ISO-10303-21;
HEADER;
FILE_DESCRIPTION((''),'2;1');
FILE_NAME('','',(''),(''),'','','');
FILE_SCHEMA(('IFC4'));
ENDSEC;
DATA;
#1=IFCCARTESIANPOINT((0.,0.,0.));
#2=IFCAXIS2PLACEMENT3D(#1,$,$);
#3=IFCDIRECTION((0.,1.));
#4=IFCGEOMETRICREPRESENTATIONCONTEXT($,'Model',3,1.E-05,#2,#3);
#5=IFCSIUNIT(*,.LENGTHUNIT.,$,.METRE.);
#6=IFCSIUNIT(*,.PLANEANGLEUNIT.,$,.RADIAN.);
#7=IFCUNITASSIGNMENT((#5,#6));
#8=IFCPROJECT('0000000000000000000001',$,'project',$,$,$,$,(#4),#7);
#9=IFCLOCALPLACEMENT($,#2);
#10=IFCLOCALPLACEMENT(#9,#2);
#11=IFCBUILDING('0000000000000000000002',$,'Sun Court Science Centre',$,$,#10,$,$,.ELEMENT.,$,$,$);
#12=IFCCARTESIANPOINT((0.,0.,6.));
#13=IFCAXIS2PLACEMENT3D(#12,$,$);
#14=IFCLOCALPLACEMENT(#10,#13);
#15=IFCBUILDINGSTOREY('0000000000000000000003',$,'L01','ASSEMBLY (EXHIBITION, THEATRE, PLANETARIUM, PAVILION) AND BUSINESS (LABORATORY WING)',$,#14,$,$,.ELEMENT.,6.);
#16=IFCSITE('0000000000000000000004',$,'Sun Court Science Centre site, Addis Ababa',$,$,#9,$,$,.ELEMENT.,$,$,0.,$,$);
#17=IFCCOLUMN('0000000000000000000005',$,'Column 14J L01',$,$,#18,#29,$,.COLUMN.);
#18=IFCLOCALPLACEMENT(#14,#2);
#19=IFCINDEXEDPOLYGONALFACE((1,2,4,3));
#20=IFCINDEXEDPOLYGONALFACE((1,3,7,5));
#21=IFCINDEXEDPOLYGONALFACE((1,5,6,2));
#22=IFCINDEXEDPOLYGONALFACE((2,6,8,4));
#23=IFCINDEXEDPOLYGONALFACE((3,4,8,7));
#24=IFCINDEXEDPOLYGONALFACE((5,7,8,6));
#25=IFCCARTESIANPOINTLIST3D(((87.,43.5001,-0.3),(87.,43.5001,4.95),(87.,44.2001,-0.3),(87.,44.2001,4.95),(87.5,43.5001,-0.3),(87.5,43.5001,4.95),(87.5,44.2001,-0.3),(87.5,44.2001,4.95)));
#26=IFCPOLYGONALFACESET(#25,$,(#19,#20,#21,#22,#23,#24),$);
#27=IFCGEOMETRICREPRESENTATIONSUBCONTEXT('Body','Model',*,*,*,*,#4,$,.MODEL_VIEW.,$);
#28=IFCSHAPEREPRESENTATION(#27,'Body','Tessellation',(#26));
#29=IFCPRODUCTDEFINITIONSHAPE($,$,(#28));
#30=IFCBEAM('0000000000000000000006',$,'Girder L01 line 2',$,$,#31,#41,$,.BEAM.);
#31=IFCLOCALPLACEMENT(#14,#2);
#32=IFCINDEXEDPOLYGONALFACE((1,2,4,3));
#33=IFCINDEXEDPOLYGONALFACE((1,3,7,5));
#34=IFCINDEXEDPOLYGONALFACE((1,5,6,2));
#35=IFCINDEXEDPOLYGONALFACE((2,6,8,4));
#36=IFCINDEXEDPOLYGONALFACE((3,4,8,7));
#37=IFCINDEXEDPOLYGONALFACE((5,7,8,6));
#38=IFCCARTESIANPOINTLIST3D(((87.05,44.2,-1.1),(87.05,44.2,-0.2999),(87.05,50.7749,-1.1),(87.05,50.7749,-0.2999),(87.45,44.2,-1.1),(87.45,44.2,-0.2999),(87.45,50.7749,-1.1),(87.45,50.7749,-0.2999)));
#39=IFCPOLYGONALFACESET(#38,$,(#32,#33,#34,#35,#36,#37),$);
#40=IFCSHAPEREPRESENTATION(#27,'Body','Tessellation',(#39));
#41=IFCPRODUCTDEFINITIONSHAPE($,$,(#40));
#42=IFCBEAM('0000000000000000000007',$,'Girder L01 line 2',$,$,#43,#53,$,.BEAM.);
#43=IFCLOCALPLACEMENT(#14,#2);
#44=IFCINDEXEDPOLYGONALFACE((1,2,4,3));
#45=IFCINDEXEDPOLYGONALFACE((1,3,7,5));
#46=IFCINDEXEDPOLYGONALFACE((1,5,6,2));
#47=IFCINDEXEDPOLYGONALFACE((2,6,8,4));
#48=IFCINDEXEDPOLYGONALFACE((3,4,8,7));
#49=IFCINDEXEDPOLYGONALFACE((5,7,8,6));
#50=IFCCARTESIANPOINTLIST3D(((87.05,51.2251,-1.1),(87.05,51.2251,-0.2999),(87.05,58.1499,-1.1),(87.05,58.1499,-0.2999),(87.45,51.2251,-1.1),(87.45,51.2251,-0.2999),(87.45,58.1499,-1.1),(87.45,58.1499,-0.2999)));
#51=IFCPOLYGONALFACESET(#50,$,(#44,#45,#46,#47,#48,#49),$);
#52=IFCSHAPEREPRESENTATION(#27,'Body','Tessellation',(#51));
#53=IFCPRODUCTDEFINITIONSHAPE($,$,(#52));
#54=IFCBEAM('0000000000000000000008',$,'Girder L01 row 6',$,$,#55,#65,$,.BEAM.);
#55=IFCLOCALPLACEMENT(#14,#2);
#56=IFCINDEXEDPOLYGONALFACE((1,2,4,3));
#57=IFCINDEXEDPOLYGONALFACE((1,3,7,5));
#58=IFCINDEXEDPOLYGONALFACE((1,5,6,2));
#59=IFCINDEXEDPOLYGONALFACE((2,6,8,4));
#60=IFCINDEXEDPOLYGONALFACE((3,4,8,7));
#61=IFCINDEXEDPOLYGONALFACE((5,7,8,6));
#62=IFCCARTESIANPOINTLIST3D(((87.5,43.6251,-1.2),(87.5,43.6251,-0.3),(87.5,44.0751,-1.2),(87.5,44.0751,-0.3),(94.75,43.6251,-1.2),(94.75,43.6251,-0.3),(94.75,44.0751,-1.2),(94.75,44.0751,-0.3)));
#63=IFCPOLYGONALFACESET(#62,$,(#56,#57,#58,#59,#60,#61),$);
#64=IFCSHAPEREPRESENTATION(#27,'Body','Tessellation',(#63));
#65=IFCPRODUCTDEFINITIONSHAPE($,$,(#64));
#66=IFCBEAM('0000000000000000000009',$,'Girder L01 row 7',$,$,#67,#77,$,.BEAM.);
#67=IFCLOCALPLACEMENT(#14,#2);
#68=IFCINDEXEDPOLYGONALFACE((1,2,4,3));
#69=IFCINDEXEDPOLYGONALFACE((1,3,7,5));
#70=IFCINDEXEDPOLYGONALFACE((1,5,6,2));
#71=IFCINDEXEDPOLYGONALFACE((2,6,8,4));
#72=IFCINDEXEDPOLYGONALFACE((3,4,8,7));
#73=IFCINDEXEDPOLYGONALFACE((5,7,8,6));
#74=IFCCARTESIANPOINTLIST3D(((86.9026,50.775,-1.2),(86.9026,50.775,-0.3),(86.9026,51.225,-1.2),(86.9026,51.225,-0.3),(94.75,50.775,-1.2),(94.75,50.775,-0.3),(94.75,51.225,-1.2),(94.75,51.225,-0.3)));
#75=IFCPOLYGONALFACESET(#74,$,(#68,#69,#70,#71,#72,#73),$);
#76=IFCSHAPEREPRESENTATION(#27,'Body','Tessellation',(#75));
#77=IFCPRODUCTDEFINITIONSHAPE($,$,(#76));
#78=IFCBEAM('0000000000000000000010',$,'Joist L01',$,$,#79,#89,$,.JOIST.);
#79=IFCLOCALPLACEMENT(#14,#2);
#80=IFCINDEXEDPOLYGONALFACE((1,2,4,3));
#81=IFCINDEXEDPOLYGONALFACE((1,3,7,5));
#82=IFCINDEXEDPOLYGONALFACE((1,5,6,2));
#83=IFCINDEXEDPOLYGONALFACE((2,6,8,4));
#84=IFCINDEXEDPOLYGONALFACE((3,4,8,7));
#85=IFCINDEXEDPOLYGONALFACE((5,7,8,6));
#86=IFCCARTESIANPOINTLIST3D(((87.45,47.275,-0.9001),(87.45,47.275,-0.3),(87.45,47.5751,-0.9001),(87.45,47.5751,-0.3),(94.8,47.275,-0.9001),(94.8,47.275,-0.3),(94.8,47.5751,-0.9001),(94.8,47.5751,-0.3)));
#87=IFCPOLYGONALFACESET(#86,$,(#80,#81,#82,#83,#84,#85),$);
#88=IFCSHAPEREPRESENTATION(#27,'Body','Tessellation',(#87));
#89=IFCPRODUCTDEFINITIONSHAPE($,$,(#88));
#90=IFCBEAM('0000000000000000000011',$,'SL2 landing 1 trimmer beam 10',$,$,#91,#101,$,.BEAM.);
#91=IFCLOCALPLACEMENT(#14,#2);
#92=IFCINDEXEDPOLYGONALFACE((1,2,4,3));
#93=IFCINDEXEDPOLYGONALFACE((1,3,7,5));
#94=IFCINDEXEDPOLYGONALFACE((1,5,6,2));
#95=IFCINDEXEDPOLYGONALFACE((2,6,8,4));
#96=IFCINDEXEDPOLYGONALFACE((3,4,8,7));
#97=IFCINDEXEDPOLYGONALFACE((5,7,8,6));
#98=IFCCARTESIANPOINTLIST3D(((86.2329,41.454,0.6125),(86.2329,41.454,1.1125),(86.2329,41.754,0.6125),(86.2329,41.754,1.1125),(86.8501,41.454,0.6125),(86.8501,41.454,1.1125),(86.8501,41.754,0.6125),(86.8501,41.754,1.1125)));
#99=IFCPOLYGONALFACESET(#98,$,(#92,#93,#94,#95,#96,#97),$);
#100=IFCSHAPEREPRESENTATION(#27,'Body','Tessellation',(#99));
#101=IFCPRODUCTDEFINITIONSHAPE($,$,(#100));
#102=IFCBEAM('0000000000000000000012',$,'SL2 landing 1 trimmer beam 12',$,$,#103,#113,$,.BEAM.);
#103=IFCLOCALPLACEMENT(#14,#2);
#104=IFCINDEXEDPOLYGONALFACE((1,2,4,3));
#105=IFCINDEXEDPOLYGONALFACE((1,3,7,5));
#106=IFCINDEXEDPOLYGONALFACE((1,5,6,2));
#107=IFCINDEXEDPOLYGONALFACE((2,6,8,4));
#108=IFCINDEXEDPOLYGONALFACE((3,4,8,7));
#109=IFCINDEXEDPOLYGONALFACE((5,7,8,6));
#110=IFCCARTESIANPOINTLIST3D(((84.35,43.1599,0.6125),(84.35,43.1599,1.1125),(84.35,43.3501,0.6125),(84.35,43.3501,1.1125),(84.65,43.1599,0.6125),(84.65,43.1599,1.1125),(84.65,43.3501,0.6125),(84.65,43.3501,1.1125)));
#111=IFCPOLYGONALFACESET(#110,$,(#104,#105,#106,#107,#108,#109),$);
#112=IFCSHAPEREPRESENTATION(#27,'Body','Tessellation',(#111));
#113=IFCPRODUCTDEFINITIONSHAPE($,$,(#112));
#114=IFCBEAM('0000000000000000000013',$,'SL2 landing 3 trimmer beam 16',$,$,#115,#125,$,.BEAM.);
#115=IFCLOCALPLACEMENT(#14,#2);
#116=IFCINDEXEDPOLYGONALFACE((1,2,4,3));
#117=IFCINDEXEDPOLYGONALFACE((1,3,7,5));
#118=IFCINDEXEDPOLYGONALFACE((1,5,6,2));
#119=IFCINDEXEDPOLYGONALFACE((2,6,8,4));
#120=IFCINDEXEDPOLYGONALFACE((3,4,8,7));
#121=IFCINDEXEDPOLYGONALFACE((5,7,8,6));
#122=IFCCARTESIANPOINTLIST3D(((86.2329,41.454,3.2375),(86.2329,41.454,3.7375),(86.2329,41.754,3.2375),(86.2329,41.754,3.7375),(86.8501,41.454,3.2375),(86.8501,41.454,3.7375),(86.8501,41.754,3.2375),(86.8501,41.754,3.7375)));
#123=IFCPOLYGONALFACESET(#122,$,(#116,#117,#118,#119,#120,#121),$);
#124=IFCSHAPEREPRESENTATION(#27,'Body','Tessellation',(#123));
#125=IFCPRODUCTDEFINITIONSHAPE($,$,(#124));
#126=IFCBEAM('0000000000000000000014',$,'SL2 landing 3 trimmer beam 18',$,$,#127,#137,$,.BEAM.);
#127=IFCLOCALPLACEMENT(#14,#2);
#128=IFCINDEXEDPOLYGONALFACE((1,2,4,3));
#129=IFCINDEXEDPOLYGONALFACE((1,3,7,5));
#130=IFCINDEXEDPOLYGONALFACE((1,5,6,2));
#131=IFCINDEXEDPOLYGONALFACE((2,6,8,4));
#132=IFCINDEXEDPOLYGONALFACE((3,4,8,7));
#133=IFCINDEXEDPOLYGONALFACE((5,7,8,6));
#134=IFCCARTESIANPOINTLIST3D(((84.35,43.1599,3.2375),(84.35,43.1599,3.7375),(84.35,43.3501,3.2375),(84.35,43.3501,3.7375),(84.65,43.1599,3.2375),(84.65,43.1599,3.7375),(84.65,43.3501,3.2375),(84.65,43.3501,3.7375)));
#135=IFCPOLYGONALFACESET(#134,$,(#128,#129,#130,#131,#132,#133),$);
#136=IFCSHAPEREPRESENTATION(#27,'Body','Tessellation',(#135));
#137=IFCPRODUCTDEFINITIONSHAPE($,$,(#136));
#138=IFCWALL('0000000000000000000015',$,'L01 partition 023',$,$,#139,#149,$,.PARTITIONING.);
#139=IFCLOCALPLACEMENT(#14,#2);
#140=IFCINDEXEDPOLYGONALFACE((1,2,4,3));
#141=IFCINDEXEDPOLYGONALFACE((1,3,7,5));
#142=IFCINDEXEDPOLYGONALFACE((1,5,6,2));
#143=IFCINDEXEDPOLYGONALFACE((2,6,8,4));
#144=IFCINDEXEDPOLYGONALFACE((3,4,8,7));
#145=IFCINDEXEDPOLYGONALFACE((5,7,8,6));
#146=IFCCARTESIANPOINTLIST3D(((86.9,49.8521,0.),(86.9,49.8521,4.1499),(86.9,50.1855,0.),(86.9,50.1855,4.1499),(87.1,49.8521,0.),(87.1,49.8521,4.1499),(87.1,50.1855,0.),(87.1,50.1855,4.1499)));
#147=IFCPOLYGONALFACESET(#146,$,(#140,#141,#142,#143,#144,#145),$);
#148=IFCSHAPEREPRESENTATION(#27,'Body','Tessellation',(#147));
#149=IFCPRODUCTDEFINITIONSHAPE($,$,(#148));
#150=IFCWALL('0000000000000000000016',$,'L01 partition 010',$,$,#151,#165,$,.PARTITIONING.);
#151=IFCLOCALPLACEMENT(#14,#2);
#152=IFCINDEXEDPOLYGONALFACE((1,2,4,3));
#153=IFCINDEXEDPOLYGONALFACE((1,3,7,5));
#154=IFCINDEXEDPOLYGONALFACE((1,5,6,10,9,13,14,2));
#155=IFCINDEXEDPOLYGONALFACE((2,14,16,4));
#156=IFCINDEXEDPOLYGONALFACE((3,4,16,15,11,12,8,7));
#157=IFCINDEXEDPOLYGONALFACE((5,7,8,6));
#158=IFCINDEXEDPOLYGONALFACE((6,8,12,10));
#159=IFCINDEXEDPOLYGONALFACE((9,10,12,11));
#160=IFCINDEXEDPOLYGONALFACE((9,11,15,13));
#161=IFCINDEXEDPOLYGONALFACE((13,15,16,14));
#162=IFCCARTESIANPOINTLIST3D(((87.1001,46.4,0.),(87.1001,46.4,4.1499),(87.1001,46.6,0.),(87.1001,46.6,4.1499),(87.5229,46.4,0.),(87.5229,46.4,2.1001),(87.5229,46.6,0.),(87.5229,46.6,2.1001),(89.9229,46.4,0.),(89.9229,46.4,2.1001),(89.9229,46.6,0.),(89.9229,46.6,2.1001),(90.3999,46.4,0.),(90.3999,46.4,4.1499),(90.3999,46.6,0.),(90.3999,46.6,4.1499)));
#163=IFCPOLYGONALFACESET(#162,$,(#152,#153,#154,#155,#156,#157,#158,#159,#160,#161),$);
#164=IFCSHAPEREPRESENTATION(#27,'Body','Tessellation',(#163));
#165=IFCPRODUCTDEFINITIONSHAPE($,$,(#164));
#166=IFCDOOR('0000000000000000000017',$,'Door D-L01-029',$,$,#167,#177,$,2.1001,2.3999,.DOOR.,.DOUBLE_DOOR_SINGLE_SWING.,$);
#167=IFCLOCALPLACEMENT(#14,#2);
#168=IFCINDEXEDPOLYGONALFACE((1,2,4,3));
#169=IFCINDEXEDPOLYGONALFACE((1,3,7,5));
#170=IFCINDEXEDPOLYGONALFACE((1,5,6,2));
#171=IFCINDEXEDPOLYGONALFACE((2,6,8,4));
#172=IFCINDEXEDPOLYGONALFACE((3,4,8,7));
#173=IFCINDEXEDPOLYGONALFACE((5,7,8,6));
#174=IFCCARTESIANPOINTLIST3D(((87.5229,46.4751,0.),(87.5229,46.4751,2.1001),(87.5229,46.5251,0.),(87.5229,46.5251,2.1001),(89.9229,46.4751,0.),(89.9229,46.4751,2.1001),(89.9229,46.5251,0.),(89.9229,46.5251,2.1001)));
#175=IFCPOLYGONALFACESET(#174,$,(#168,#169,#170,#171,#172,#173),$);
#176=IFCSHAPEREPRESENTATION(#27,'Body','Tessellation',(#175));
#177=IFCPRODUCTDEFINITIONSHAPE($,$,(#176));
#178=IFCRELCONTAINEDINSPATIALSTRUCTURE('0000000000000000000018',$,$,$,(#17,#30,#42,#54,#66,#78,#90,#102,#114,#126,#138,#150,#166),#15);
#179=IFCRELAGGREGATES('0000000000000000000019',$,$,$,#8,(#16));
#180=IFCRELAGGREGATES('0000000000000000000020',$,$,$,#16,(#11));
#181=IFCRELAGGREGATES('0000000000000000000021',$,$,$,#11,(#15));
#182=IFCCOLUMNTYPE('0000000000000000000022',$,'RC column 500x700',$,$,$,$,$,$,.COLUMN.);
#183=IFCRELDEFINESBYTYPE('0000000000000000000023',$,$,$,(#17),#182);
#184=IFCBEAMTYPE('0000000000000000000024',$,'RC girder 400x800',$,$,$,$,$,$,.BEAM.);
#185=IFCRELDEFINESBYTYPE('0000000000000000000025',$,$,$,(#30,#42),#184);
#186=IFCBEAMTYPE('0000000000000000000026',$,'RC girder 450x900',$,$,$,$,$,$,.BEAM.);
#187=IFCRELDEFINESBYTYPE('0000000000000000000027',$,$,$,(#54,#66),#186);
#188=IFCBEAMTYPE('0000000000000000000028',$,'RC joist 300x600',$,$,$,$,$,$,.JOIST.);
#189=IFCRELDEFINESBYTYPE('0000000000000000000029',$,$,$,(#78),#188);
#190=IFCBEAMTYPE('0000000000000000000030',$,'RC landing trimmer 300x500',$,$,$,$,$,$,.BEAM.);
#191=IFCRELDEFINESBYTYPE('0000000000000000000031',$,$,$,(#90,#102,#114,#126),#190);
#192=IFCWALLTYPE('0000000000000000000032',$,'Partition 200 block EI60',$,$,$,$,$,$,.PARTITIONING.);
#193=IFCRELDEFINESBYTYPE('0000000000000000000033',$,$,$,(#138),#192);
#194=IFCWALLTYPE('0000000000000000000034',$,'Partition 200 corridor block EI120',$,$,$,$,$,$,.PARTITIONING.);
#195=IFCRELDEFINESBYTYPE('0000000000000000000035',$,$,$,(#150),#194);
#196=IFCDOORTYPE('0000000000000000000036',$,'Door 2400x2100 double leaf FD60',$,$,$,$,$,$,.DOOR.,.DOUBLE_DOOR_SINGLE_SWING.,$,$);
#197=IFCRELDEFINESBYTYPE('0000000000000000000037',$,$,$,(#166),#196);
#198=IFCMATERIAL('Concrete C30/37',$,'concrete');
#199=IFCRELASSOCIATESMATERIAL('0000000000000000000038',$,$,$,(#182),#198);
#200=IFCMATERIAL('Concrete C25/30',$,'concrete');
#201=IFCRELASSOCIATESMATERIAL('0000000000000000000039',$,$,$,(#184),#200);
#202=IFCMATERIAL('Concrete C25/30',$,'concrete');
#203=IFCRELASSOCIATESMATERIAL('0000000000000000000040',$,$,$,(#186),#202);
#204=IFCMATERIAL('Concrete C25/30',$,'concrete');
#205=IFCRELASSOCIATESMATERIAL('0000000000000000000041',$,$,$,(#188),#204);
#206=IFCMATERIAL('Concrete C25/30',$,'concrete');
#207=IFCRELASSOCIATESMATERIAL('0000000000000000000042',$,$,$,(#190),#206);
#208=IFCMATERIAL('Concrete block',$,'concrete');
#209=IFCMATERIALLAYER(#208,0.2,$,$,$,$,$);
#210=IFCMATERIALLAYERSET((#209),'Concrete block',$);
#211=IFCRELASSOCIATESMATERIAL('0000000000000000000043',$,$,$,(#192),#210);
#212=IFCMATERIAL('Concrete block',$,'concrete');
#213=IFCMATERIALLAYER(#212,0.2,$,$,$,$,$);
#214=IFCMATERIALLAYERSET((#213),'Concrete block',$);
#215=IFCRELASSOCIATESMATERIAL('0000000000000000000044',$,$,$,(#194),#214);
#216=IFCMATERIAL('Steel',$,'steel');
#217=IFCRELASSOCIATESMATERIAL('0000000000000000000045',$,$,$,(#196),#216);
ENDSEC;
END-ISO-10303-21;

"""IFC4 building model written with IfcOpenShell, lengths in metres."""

from ifc_helpers import new_model, si_unit, direction, frame, frame_2d, origin, origin_2d, place, context, subcontext, project, spatial, rectangle, extrude, material, layer, layer_set, material_profile, profile_set, type_object, element, fill, save


model = new_model("IFC4")

# Units and contexts
model_context = context("Model", 3, precision=1e-05, world=origin(), true_north=direction((0.0, 1.0)))
body_context = subcontext(model_context, "Body", "Model", "MODEL_VIEW")
ifc_project = project(units=[si_unit("LENGTHUNIT", "METRE"), si_unit("PLANEANGLEUNIT", "RADIAN")], contexts=[model_context])

# Site, building, storey
site_placement = place(None, origin())
site = spatial("IfcSite", under=ifc_project, at=site_placement, Name="Sun Court Science Centre site, Addis Ababa", CompositionType="ELEMENT", RefElevation=0.0)
building_placement = place(site_placement, origin())
building = spatial("IfcBuilding", under=site, at=building_placement, Name="Sun Court Science Centre", CompositionType="ELEMENT")
storey_placement = place(building_placement, frame((0.0, 0.0, 6.0)))
storey = spatial("IfcBuildingStorey", under=building, at=storey_placement, Name="L01", Description="ASSEMBLY (EXHIBITION, THEATRE, PLANETARIUM, PAVILION) AND BUSINESS (LABORATORY WING)", CompositionType="ELEMENT", Elevation=6.0)

# Column
ifc_material_1 = material(Name="Concrete C30/37", Category="concrete")
ifc_material_profile_1 = material_profile(ifc_material_1, rectangle(XDim=0.5, YDim=0.7, at=origin_2d()), Name="RC 500x700")
ifc_profile_set_1 = profile_set([ifc_material_profile_1], Name="Concrete C30/37")
column_type = type_object("IfcColumnType", Name="RC column 500x700", PredefinedType="COLUMN", material=ifc_profile_set_1)
column_placement = place(storey_placement, frame((87.25, 43.8501, -0.3), z_axis=(0.0, 0.0, 1.0), x_axis=(1.0, 0.0, 0.0)))
element("IfcColumn", 1, at=column_placement, inside=storey, type_object=column_type, Name="Column 14J L01", PredefinedType="COLUMN", context=body_context, shape_type="SweptSolid", body=[
    extrude(rectangle(XDim=0.5, YDim=0.7, at=origin_2d()), origin(), (0.0, 0.0, 1.0), 5.25),
])

# Beams
ifc_material_2 = material(Name="Concrete C25/30", Category="concrete")
ifc_material_profile_2 = material_profile(ifc_material_2, rectangle(XDim=0.3999, YDim=0.8, at=origin_2d()), Name="RC 400x800")
ifc_profile_set_2 = profile_set([ifc_material_profile_2], Name="Concrete C25/30")
beam_type_1 = type_object("IfcBeamType", Name="RC girder 400x800", PredefinedType="BEAM", material=ifc_profile_set_2)
beam_1_placement = place(storey_placement, frame((87.25, 44.2, -0.7), z_axis=(0.0, 1.0, 0.0), x_axis=(-1.0, 0.0, 0.0)))
element("IfcBeam", 2, at=beam_1_placement, inside=storey, type_object=beam_type_1, Name="Girder L01 line 2", PredefinedType="BEAM", context=body_context, shape_type="SweptSolid", body=[
    extrude(rectangle(XDim=0.3999, YDim=0.8, at=origin_2d()), origin(), (0.0, 0.0, 1.0), 6.575),
])
beam_2_placement = place(storey_placement, frame((87.25, 51.2251, -0.7), z_axis=(0.0, 1.0, 0.0), x_axis=(-1.0, 0.0, 0.0)))
element("IfcBeam", 3, at=beam_2_placement, inside=storey, type_object=beam_type_1, Name="Girder L01 line 2", PredefinedType="BEAM", context=body_context, shape_type="SweptSolid", body=[
    extrude(rectangle(XDim=0.3999, YDim=0.8, at=origin_2d()), origin(), (0.0, 0.0, 1.0), 6.9248),
])
ifc_material_3 = material(Name="Concrete C25/30", Category="concrete")
ifc_material_profile_3 = material_profile(ifc_material_3, rectangle(XDim=0.45, YDim=0.8999, at=origin_2d()), Name="RC 450x900")
ifc_profile_set_3 = profile_set([ifc_material_profile_3], Name="Concrete C25/30")
beam_type_2 = type_object("IfcBeamType", Name="RC girder 450x900", PredefinedType="BEAM", material=ifc_profile_set_3)
beam_3_placement = place(storey_placement, frame((87.5, 43.8501, -0.75), z_axis=(1.0, 0.0, 0.0), x_axis=(0.0, 1.0, 0.0)))
element("IfcBeam", 4, at=beam_3_placement, inside=storey, type_object=beam_type_2, Name="Girder L01 row 6", PredefinedType="BEAM", context=body_context, shape_type="SweptSolid", body=[
    extrude(rectangle(XDim=0.45, YDim=0.8999, at=origin_2d()), origin(), (0.0, 0.0, 1.0), 7.25),
])
beam_4_placement = place(storey_placement, frame((86.9026, 51.0, -0.75), z_axis=(1.0, 0.0, 0.0), x_axis=(0.0, 1.0, 0.0)))
element("IfcBeam", 5, at=beam_4_placement, inside=storey, type_object=beam_type_2, Name="Girder L01 row 7", PredefinedType="BEAM", context=body_context, shape_type="SweptSolid", body=[
    extrude(rectangle(XDim=0.45, YDim=0.8999, at=origin_2d()), origin(), (0.0, 0.0, 1.0), 7.8474),
])
ifc_material_4 = material(Name="Concrete C25/30", Category="concrete")
ifc_material_profile_4 = material_profile(ifc_material_4, rectangle(XDim=0.3, YDim=0.6001, at=origin_2d()), Name="RC 300x600")
ifc_profile_set_4 = profile_set([ifc_material_profile_4], Name="Concrete C25/30")
beam_type_3 = type_object("IfcBeamType", Name="RC joist 300x600", PredefinedType="JOIST", material=ifc_profile_set_4)
beam_5_placement = place(storey_placement, frame((87.45, 47.425, -0.6001), z_axis=(1.0, 0.0, 0.0), x_axis=(0.0, 1.0, 0.0)))
element("IfcBeam", 6, at=beam_5_placement, inside=storey, type_object=beam_type_3, Name="Joist L01", PredefinedType="JOIST", context=body_context, shape_type="SweptSolid", body=[
    extrude(rectangle(XDim=0.3, YDim=0.6001, at=origin_2d()), origin(), (0.0, 0.0, 1.0), 7.3501),
])
ifc_material_5 = material(Name="Concrete C25/30", Category="concrete")
ifc_material_profile_5 = material_profile(ifc_material_5, rectangle(XDim=0.3, YDim=0.5, at=origin_2d()), Name="RC 300x500")
ifc_profile_set_5 = profile_set([ifc_material_profile_5], Name="Concrete C25/30")
beam_type_4 = type_object("IfcBeamType", Name="RC landing trimmer 300x500", PredefinedType="BEAM", material=ifc_profile_set_5)
beam_6_placement = place(storey_placement, frame((86.8501, 41.604, 0.8625), z_axis=(-1.0, 0.0, 0.0), x_axis=(0.0, -1.0, 0.0)))
element("IfcBeam", 7, at=beam_6_placement, inside=storey, type_object=beam_type_4, Name="SL2 landing 1 trimmer beam 10", PredefinedType="BEAM", context=body_context, shape_type="SweptSolid", body=[
    extrude(rectangle(XDim=0.3, YDim=0.5, at=origin_2d()), origin(), (0.0, 0.0, 1.0), 0.6172),
])
beam_7_placement = place(storey_placement, frame((84.5, 43.3501, 0.8625), z_axis=(0.0, -1.0, 0.0), x_axis=(1.0, 0.0, 0.0)))
element("IfcBeam", 8, at=beam_7_placement, inside=storey, type_object=beam_type_4, Name="SL2 landing 1 trimmer beam 12", PredefinedType="BEAM", context=body_context, shape_type="SweptSolid", body=[
    extrude(rectangle(XDim=0.3, YDim=0.5, at=origin_2d()), origin(), (0.0, 0.0, 1.0), 0.1902),
])
beam_8_placement = place(storey_placement, frame((86.8501, 41.604, 3.4875), z_axis=(-1.0, 0.0, 0.0), x_axis=(0.0, -1.0, 0.0)))
element("IfcBeam", 9, at=beam_8_placement, inside=storey, type_object=beam_type_4, Name="SL2 landing 3 trimmer beam 16", PredefinedType="BEAM", context=body_context, shape_type="SweptSolid", body=[
    extrude(rectangle(XDim=0.3, YDim=0.5, at=origin_2d()), origin(), (0.0, 0.0, 1.0), 0.6172),
])
beam_9_placement = place(storey_placement, frame((84.5, 43.3501, 3.4875), z_axis=(0.0, -1.0, 0.0), x_axis=(1.0, 0.0, 0.0)))
element("IfcBeam", 10, at=beam_9_placement, inside=storey, type_object=beam_type_4, Name="SL2 landing 3 trimmer beam 18", PredefinedType="BEAM", context=body_context, shape_type="SweptSolid", body=[
    extrude(rectangle(XDim=0.3, YDim=0.5, at=origin_2d()), origin(), (0.0, 0.0, 1.0), 0.1902),
])

# Wall
ifc_material_6 = material(Name="Concrete block", Category="concrete")
ifc_layer_1 = layer(ifc_material_6, 0.2)
ifc_layer_set_1 = layer_set([ifc_layer_1], Name="Concrete block")
wall_type_1 = type_object("IfcWallType", Name="Partition 200 block EI60", PredefinedType="PARTITIONING", material=ifc_layer_set_1)
wall_1_placement = place(storey_placement, frame((87.0, 49.8521, 0.0), z_axis=(0.0, 0.0, 1.0), x_axis=(0.0, 1.0, 0.0)))
element("IfcWall", 11, at=wall_1_placement, inside=storey, type_object=wall_type_1, Name="L01 partition 023", PredefinedType="PARTITIONING", context=body_context, shape_type="SweptSolid", body=[
    extrude(rectangle(XDim=0.3335, YDim=0.2, at=frame_2d((0.1667, 0.0))), origin(), (0.0, 0.0, 1.0), 4.1499),
])

# Wall, opening, door
ifc_material_7 = material(Name="Concrete block", Category="concrete")
ifc_layer_2 = layer(ifc_material_7, 0.2)
ifc_layer_set_2 = layer_set([ifc_layer_2], Name="Concrete block")
wall_type_2 = type_object("IfcWallType", Name="Partition 200 corridor block EI120", PredefinedType="PARTITIONING", material=ifc_layer_set_2)
wall_2_placement = place(storey_placement, frame((90.3999, 46.5, 0.0), z_axis=(0.0, 0.0, 1.0), x_axis=(-1.0, 0.0, 0.0)))
wall_2 = element("IfcWall", 12, at=wall_2_placement, inside=storey, type_object=wall_type_2, Name="L01 partition 010", PredefinedType="PARTITIONING", context=body_context, shape_type="SweptSolid", body=[
    extrude(rectangle(XDim=3.2998, YDim=0.2, at=frame_2d((1.6499, 0.0))), origin(), (0.0, 0.0, 1.0), 4.1499),
])
opening_1_placement = place(wall_2_placement, frame((0.4771, 0.0, 0.0)))
opening_1 = element("IfcOpeningElement", 13, at=opening_1_placement, cuts=wall_2, PredefinedType="OPENING", context=body_context, shape_type="SweptSolid", body=[
    extrude(rectangle(XDim=2.3999, YDim=2.1001, at=frame_2d((1.2, 1.05))), frame((0.0, 0.1099, 0.0), z_axis=(0.0, -1.0, 0.0), x_axis=(1.0, 0.0, 0.0)), (0.0, 0.0, 1.0), 0.22),
])
ifc_material_8 = material(Name="Steel", Category="steel")
door_type_1 = type_object("IfcDoorType", Name="Door 2400x2100 double leaf FD60", OperationType="DOUBLE_DOOR_SINGLE_SWING", PredefinedType="DOOR", material=ifc_material_8)
door_1_placement = place(opening_1_placement, origin())
door_1 = element("IfcDoor", 14, at=door_1_placement, inside=storey, type_object=door_type_1, Name="Door D-L01-029", OperationType="DOUBLE_DOOR_SINGLE_SWING", OverallHeight=2.1001, OverallWidth=2.3999, PredefinedType="DOOR", context=body_context, shape_type="SweptSolid", body=[
    extrude(rectangle(XDim=2.3999, YDim=2.1001, at=frame_2d((1.2, 1.05))), frame((0.0, 0.0249, 0.0), z_axis=(0.0, -1.0, 0.0), x_axis=(1.0, 0.0, 0.0)), (0.0, 0.0, 1.0), 0.05),
])
fill(opening_1, door_1)

save(model, "model.ifc")
